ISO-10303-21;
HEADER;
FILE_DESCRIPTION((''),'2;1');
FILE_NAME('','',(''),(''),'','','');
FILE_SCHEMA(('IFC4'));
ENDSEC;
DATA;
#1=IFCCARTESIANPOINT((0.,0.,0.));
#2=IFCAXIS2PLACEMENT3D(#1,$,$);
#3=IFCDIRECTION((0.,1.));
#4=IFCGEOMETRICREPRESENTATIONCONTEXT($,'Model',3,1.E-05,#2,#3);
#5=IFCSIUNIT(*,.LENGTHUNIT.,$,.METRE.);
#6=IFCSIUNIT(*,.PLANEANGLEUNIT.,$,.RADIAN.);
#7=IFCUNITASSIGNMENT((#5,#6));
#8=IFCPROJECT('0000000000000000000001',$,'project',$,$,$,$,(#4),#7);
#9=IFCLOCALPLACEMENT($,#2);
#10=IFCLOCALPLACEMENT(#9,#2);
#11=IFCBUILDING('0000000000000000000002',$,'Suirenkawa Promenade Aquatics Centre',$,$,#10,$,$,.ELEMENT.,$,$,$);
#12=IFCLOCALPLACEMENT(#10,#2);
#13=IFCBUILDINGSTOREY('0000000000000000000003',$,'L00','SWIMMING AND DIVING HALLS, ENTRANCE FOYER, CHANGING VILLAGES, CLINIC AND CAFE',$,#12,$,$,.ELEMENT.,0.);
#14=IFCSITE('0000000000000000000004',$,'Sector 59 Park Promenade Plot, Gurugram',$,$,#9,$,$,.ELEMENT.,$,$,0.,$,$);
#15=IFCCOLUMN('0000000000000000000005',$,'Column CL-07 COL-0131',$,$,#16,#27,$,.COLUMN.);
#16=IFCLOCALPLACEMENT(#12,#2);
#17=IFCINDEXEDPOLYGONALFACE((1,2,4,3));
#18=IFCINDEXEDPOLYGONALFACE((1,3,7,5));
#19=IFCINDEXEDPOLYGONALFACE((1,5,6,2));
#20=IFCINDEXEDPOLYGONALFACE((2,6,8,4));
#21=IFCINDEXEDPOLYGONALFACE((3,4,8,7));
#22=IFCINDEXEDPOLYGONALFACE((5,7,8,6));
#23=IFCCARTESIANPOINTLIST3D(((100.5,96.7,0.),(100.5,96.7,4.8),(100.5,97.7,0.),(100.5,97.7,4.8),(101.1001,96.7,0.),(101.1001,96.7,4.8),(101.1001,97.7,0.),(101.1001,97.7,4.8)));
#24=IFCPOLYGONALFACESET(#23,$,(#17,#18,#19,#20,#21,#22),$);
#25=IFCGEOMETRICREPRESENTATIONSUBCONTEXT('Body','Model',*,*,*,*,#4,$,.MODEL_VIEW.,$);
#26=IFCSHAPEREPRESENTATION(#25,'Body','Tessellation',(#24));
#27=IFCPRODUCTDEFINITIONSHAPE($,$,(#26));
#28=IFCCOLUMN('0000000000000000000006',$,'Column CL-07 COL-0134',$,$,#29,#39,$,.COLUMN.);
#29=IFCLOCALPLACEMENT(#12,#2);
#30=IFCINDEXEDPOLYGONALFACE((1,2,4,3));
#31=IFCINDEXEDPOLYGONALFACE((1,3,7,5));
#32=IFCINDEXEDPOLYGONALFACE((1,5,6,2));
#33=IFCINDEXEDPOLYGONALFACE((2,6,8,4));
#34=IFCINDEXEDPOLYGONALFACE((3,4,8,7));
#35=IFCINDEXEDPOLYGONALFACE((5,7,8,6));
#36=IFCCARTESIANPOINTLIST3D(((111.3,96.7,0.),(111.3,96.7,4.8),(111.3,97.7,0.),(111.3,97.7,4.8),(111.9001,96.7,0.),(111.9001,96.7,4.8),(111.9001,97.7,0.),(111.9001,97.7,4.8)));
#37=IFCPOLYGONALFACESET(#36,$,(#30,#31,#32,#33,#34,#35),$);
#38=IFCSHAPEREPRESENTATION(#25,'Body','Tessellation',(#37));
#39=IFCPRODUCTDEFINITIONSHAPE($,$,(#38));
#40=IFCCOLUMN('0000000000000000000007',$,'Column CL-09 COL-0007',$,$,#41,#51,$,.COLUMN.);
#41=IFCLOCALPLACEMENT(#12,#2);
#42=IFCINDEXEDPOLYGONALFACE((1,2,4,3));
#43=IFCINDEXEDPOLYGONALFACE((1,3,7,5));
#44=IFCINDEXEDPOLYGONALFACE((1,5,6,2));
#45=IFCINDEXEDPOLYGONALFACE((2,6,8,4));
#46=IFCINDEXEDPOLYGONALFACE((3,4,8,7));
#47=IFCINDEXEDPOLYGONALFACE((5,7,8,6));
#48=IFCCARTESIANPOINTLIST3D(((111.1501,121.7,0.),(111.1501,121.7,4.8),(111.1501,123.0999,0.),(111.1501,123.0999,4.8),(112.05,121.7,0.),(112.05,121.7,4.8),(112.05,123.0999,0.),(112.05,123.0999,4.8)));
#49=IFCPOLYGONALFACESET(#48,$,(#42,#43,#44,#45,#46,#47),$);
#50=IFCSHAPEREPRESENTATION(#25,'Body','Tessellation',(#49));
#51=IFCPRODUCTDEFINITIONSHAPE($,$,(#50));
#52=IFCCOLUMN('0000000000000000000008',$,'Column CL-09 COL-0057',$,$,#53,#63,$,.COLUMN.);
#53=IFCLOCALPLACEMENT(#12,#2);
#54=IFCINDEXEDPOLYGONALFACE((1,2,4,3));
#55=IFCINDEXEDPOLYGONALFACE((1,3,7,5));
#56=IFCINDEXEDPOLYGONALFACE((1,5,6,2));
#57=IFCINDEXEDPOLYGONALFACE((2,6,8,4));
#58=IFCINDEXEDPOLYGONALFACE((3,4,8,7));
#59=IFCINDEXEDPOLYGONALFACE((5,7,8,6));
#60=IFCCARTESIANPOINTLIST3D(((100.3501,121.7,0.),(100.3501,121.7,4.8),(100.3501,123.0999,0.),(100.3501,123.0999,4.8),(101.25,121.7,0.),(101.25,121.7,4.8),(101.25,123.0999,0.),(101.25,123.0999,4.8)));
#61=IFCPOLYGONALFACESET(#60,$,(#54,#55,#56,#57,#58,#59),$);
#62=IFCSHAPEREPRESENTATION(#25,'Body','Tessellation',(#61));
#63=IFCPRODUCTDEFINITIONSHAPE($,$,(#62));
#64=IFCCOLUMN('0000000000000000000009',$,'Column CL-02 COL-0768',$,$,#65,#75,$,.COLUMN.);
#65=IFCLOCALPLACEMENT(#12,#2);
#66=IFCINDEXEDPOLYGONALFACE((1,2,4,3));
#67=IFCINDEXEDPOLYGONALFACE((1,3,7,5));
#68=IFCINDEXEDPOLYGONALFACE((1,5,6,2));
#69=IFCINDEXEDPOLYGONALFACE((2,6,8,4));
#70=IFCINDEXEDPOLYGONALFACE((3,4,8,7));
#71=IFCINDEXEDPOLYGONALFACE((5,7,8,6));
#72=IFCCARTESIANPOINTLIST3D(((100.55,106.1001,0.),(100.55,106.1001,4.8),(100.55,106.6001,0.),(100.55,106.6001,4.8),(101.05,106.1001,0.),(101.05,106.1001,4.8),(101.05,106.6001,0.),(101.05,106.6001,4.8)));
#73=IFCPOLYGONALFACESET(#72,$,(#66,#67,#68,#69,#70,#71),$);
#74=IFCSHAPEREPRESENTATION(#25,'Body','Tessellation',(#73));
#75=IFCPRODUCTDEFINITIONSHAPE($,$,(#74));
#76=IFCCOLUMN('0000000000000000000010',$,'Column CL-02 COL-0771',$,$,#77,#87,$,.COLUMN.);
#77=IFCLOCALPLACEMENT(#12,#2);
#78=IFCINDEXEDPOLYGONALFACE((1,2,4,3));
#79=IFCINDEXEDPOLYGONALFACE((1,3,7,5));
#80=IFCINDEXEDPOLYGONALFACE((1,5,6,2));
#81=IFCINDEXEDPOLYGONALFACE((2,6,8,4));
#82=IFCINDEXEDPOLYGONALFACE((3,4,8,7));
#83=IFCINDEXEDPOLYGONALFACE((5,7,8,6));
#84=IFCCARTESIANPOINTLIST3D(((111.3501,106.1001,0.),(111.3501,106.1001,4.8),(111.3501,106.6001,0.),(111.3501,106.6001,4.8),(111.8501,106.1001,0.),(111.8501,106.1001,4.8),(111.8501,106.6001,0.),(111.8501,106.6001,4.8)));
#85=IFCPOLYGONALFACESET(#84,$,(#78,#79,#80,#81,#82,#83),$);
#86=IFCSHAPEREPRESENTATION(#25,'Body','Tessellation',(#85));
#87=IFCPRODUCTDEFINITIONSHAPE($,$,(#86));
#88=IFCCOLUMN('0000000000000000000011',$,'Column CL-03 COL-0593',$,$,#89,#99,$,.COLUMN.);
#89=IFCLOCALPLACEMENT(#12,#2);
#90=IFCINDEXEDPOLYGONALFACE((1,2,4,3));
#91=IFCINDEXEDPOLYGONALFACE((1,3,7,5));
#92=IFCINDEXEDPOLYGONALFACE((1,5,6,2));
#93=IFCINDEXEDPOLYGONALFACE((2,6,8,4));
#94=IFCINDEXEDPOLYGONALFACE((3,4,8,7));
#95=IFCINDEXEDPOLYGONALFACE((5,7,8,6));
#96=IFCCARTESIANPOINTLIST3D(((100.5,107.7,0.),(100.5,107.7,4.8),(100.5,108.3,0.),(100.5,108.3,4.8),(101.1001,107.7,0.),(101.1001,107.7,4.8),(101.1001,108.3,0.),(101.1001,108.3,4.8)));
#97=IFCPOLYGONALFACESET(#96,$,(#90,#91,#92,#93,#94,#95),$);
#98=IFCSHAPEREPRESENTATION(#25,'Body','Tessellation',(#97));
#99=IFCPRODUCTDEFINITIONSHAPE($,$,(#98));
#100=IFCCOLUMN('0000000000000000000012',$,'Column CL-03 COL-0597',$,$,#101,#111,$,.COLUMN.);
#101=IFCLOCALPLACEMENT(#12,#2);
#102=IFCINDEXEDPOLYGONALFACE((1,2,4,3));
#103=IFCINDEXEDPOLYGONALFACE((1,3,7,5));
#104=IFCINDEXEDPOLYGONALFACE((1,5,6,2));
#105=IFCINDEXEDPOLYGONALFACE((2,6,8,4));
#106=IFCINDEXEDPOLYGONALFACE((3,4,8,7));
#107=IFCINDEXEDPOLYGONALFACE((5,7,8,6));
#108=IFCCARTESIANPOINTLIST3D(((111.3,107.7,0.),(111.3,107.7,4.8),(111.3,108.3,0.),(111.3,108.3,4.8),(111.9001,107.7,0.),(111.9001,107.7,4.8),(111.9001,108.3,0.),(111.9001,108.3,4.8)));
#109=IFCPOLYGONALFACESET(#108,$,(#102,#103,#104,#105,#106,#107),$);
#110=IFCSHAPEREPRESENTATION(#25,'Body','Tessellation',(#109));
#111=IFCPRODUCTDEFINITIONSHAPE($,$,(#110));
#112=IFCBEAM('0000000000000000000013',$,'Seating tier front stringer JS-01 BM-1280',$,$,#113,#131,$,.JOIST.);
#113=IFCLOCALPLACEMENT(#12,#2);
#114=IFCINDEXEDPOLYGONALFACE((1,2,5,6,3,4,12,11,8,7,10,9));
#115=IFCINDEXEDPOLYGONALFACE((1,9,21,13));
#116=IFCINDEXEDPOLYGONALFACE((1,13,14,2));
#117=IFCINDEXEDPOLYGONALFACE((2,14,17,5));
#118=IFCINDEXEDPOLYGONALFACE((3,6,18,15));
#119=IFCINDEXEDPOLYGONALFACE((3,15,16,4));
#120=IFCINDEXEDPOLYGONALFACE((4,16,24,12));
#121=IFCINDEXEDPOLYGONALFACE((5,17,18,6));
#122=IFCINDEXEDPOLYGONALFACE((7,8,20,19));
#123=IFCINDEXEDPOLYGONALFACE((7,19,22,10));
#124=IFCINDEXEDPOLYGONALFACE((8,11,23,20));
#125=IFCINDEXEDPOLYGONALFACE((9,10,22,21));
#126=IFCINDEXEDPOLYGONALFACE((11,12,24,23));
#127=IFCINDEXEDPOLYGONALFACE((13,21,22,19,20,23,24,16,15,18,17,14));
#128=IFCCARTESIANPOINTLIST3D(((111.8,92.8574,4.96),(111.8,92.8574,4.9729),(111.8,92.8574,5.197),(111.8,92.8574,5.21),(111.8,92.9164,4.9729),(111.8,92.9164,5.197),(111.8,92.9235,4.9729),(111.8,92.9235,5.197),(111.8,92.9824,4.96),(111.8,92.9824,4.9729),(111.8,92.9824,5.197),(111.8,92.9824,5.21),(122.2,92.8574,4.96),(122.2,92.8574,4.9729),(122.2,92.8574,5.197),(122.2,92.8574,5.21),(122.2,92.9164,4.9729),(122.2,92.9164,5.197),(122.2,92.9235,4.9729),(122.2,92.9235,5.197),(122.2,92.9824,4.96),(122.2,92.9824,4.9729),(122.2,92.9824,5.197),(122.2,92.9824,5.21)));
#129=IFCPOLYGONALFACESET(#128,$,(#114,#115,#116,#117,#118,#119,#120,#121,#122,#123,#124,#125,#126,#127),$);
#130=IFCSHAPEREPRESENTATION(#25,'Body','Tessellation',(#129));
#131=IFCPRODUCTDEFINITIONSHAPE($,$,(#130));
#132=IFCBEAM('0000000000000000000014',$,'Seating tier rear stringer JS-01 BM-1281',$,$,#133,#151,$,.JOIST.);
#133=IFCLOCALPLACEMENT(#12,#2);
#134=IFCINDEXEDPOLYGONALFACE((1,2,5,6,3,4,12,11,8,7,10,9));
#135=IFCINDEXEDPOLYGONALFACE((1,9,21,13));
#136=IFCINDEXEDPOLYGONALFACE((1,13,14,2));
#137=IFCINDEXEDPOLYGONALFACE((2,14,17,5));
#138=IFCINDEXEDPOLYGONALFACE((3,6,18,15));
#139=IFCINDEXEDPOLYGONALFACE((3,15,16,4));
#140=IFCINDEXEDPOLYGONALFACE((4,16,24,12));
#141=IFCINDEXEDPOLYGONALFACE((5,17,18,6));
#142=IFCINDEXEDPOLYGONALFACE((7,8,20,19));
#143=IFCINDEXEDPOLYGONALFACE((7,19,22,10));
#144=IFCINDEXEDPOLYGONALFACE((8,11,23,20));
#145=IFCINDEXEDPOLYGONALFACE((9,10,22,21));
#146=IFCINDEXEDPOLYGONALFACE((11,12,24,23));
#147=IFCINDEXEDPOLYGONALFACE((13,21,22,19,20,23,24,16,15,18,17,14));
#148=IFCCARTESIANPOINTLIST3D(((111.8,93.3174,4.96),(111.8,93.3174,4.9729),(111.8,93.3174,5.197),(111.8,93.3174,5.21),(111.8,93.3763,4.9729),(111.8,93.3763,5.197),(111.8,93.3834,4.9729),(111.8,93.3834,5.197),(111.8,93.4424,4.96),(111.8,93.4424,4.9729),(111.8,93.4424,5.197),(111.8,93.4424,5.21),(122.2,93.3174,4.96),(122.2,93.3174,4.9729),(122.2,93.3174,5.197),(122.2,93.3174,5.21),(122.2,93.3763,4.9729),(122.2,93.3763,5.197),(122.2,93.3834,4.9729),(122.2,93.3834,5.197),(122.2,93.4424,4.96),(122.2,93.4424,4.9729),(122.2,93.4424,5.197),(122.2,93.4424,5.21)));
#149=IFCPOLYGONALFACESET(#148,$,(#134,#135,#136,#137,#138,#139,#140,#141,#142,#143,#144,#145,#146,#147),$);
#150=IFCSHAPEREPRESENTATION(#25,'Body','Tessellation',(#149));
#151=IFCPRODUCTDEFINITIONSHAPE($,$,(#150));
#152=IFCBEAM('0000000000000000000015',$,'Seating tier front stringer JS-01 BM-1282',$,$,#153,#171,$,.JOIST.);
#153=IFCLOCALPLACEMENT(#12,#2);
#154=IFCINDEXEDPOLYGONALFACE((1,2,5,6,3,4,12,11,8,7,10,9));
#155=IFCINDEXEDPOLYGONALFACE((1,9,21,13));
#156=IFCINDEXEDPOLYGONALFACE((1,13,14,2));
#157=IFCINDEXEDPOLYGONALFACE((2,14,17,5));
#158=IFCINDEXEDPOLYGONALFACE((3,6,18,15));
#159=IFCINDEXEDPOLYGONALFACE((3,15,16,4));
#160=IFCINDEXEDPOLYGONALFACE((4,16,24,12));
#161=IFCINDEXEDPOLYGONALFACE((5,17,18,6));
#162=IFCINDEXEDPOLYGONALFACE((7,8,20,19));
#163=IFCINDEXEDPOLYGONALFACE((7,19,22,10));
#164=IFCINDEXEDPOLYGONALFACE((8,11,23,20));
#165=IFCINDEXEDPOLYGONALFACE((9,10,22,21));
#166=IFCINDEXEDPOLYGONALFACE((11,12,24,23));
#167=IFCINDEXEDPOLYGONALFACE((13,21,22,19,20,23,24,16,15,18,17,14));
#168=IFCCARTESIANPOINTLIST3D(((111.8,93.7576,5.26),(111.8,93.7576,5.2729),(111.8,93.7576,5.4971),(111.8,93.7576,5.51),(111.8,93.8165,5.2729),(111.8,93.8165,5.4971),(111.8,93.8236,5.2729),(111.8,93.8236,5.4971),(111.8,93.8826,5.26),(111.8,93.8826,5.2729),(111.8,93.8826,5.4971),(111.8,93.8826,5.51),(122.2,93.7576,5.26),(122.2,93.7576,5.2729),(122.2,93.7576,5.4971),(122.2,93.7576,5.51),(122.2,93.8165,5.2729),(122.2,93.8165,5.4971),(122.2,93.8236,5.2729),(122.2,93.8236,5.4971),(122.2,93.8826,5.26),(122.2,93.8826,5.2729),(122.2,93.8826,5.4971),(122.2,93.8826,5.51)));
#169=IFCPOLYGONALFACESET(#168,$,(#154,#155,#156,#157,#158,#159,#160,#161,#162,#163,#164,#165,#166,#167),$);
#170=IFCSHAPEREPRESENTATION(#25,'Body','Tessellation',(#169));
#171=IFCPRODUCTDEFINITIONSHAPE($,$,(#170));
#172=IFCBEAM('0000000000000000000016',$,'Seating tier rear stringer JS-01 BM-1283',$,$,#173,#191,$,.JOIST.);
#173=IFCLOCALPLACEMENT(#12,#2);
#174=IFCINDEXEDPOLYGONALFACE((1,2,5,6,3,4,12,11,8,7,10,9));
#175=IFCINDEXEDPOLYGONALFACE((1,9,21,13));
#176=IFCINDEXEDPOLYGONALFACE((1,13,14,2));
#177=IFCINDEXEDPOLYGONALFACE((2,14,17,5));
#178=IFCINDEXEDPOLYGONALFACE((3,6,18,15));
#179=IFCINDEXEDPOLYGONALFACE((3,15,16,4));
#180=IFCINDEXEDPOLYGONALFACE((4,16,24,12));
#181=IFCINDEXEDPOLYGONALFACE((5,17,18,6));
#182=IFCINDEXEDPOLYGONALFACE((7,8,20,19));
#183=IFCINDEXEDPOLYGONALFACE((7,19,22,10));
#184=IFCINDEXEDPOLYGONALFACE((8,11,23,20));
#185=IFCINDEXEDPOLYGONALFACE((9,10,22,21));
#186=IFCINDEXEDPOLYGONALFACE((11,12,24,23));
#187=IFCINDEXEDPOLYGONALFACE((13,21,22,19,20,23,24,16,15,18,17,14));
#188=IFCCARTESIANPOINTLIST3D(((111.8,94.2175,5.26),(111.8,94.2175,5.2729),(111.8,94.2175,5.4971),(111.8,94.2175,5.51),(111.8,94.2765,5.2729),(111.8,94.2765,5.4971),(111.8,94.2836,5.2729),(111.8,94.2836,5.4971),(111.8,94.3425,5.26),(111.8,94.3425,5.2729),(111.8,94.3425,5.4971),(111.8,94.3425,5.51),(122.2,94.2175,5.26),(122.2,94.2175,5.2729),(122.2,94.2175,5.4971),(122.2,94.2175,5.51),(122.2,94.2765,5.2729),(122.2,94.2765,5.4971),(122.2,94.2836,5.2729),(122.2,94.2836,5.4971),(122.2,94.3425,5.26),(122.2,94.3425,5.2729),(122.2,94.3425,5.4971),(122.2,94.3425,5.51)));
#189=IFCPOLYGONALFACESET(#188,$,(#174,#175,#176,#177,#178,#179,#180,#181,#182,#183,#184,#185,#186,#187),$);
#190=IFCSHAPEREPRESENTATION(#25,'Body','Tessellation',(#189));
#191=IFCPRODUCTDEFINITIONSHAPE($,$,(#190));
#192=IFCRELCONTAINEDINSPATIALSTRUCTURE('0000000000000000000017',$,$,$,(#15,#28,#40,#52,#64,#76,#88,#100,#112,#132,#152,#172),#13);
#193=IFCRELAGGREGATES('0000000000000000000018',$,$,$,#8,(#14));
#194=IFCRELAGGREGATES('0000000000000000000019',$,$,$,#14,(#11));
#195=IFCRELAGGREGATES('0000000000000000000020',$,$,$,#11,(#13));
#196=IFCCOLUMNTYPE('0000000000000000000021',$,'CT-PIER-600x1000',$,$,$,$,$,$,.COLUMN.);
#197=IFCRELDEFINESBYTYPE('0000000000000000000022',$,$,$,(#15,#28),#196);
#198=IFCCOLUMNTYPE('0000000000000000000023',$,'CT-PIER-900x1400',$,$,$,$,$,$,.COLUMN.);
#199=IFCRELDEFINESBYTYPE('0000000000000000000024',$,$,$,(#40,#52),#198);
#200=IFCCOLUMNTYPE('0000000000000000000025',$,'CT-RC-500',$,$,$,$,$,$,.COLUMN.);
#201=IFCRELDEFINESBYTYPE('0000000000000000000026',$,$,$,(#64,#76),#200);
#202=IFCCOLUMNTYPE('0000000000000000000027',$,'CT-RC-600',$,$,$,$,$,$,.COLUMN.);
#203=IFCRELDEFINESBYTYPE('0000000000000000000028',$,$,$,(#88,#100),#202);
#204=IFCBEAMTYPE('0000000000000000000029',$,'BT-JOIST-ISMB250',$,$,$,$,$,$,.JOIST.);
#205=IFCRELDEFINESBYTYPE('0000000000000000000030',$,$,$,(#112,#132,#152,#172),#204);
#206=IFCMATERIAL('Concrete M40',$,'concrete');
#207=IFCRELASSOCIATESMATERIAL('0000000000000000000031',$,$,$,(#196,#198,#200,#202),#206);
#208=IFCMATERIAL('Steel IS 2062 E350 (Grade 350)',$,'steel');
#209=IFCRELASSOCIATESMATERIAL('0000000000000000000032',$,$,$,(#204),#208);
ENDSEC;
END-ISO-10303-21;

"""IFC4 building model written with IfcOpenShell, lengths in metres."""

from ifc_helpers import new_model, si_unit, direction, frame, origin, origin_2d, place, context, subcontext, project, spatial, rectangle, i_section, extrude, material, material_profile, profile_set, type_object, element, save


model = new_model("IFC4")

# Units and contexts
model_context = context("Model", 3, precision=1e-05, world=origin(), true_north=direction((0.0, 1.0)))
body_context = subcontext(model_context, "Body", "Model", "MODEL_VIEW")
ifc_project = project(units=[si_unit("LENGTHUNIT", "METRE"), si_unit("PLANEANGLEUNIT", "RADIAN")], contexts=[model_context])

# Site, building, storey
site_placement = place(None, origin())
site = spatial("IfcSite", under=ifc_project, at=site_placement, Name="Sector 59 Park Promenade Plot, Gurugram", CompositionType="ELEMENT", RefElevation=0.0)
building_placement = place(site_placement, origin())
building = spatial("IfcBuilding", under=site, at=building_placement, Name="Suirenkawa Promenade Aquatics Centre", CompositionType="ELEMENT")
storey_placement = place(building_placement, origin())
storey = spatial("IfcBuildingStorey", under=building, at=storey_placement, Name="L00", Description="SWIMMING AND DIVING HALLS, ENTRANCE FOYER, CHANGING VILLAGES, CLINIC AND CAFE", CompositionType="ELEMENT", Elevation=0.0)

# Columns
ifc_material_1 = material(Name="Concrete M40", Category="concrete")
ifc_material_profile_1 = material_profile(ifc_material_1, rectangle(XDim=0.6001, YDim=1.0, at=origin_2d()), Name="RC PIER 600x1000", Category="concrete")
ifc_profile_set_1 = profile_set([ifc_material_profile_1], Name="Concrete M40")
column_type_1 = type_object("IfcColumnType", Name="CT-PIER-600x1000", PredefinedType="COLUMN", material=ifc_profile_set_1)
for number, where, z_axis, x_axis, name in (
    (1, (100.8, 97.2, 0.0), (0.0, 0.0, 1.0), (1.0, 0.0, 0.0), "Column CL-07 COL-0131"),
    (2, (111.6001, 97.2, 0.0), (0.0, 0.0, 1.0), (1.0, 0.0, 0.0), "Column CL-07 COL-0134"),
):
    element("IfcColumn", number, at=place(storey_placement, frame(where, z_axis=z_axis, x_axis=x_axis)), inside=storey, type_object=column_type_1, Name=name, PredefinedType="COLUMN", context=body_context, shape_type="SweptSolid", body=[
        extrude(rectangle(XDim=0.6001, YDim=1.0, at=origin_2d()), origin(), (0.0, 0.0, 1.0), 4.8),
    ])
ifc_material_profile_2 = material_profile(ifc_material_1, rectangle(XDim=0.8999, YDim=1.3999, at=origin_2d()), Name="RC PIER 900x1400", Category="concrete")
ifc_profile_set_2 = profile_set([ifc_material_profile_2], Name="Concrete M40")
column_type_2 = type_object("IfcColumnType", Name="CT-PIER-900x1400", PredefinedType="COLUMN", material=ifc_profile_set_2)
for number, where, z_axis, x_axis, name in (
    (3, (111.6001, 122.3999, 0.0), (0.0, 0.0, 1.0), (1.0, 0.0, 0.0), "Column CL-09 COL-0007"),
    (4, (100.8, 122.3999, 0.0), (0.0, 0.0, 1.0), (1.0, 0.0, 0.0), "Column CL-09 COL-0057"),
):
    element("IfcColumn", number, at=place(storey_placement, frame(where, z_axis=z_axis, x_axis=x_axis)), inside=storey, type_object=column_type_2, Name=name, PredefinedType="COLUMN", context=body_context, shape_type="SweptSolid", body=[
        extrude(rectangle(XDim=0.8999, YDim=1.3999, at=origin_2d()), origin(), (0.0, 0.0, 1.0), 4.8),
    ])
ifc_material_profile_3 = material_profile(ifc_material_1, rectangle(XDim=0.5, YDim=0.5, at=origin_2d()), Name="RC COL 500x500", Category="concrete")
ifc_profile_set_3 = profile_set([ifc_material_profile_3], Name="Concrete M40")
column_type_3 = type_object("IfcColumnType", Name="CT-RC-500", PredefinedType="COLUMN", material=ifc_profile_set_3)
for number, where, z_axis, x_axis, name in (
    (5, (100.8, 106.3501, 0.0), (0.0, 0.0, 1.0), (1.0, 0.0, 0.0), "Column CL-02 COL-0768"),
    (6, (111.6001, 106.3501, 0.0), (0.0, 0.0, 1.0), (1.0, 0.0, 0.0), "Column CL-02 COL-0771"),
):
    element("IfcColumn", number, at=place(storey_placement, frame(where, z_axis=z_axis, x_axis=x_axis)), inside=storey, type_object=column_type_3, Name=name, PredefinedType="COLUMN", context=body_context, shape_type="SweptSolid", body=[
        extrude(rectangle(XDim=0.5, YDim=0.5, at=origin_2d()), origin(), (0.0, 0.0, 1.0), 4.8),
    ])
ifc_material_profile_4 = material_profile(ifc_material_1, rectangle(XDim=0.6001, YDim=0.6001, at=origin_2d()), Name="RC COL 600x600", Category="concrete")
ifc_profile_set_4 = profile_set([ifc_material_profile_4], Name="Concrete M40")
column_type_4 = type_object("IfcColumnType", Name="CT-RC-600", PredefinedType="COLUMN", material=ifc_profile_set_4)
for number, where, z_axis, x_axis, name in (
    (7, (100.8, 108.0, 0.0), (0.0, 0.0, 1.0), (1.0, 0.0, 0.0), "Column CL-03 COL-0593"),
    (8, (111.6001, 108.0, 0.0), (0.0, 0.0, 1.0), (1.0, 0.0, 0.0), "Column CL-03 COL-0597"),
):
    element("IfcColumn", number, at=place(storey_placement, frame(where, z_axis=z_axis, x_axis=x_axis)), inside=storey, type_object=column_type_4, Name=name, PredefinedType="COLUMN", context=body_context, shape_type="SweptSolid", body=[
        extrude(rectangle(XDim=0.6001, YDim=0.6001, at=origin_2d()), origin(), (0.0, 0.0, 1.0), 4.8),
    ])

# Beams
ifc_material_2 = material(Name="Steel IS 2062 E350 (Grade 350)", Category="steel")
ifc_material_profile_5 = material_profile(ifc_material_2, i_section(OverallWidth=0.125, OverallDepth=0.25, WebThickness=0.0071, FlangeThickness=0.0129, at=origin_2d()), Name="ISMB 250", Category="steel")
ifc_profile_set_5 = profile_set([ifc_material_profile_5], Name="Steel IS 2062 E350 (Grade 350)")
beam_type_1 = type_object("IfcBeamType", Name="BT-JOIST-ISMB250", PredefinedType="JOIST", material=ifc_profile_set_5)
for number, where, z_axis, x_axis, name in (
    (9, (111.8, 92.9199, 5.085), (1.0, 0.0, 0.0), (0.0, 1.0, 0.0), "Seating tier front stringer JS-01 BM-1280"),
    (10, (111.8, 93.3799, 5.085), (1.0, 0.0, 0.0), (0.0, 1.0, 0.0), "Seating tier rear stringer JS-01 BM-1281"),
    (11, (111.8, 93.8201, 5.385), (1.0, 0.0, 0.0), (0.0, 1.0, 0.0), "Seating tier front stringer JS-01 BM-1282"),
    (12, (111.8, 94.28, 5.385), (1.0, 0.0, 0.0), (0.0, 1.0, 0.0), "Seating tier rear stringer JS-01 BM-1283"),
):
    element("IfcBeam", number, at=place(storey_placement, frame(where, z_axis=z_axis, x_axis=x_axis)), inside=storey, type_object=beam_type_1, Name=name, PredefinedType="JOIST", context=body_context, shape_type="SweptSolid", body=[
        extrude(i_section(OverallWidth=0.125, OverallDepth=0.25, WebThickness=0.0071, FlangeThickness=0.0129, at=origin_2d()), origin(), (0.0, 0.0, 1.0), 10.3999),
    ])

save(model, "model.ifc")
